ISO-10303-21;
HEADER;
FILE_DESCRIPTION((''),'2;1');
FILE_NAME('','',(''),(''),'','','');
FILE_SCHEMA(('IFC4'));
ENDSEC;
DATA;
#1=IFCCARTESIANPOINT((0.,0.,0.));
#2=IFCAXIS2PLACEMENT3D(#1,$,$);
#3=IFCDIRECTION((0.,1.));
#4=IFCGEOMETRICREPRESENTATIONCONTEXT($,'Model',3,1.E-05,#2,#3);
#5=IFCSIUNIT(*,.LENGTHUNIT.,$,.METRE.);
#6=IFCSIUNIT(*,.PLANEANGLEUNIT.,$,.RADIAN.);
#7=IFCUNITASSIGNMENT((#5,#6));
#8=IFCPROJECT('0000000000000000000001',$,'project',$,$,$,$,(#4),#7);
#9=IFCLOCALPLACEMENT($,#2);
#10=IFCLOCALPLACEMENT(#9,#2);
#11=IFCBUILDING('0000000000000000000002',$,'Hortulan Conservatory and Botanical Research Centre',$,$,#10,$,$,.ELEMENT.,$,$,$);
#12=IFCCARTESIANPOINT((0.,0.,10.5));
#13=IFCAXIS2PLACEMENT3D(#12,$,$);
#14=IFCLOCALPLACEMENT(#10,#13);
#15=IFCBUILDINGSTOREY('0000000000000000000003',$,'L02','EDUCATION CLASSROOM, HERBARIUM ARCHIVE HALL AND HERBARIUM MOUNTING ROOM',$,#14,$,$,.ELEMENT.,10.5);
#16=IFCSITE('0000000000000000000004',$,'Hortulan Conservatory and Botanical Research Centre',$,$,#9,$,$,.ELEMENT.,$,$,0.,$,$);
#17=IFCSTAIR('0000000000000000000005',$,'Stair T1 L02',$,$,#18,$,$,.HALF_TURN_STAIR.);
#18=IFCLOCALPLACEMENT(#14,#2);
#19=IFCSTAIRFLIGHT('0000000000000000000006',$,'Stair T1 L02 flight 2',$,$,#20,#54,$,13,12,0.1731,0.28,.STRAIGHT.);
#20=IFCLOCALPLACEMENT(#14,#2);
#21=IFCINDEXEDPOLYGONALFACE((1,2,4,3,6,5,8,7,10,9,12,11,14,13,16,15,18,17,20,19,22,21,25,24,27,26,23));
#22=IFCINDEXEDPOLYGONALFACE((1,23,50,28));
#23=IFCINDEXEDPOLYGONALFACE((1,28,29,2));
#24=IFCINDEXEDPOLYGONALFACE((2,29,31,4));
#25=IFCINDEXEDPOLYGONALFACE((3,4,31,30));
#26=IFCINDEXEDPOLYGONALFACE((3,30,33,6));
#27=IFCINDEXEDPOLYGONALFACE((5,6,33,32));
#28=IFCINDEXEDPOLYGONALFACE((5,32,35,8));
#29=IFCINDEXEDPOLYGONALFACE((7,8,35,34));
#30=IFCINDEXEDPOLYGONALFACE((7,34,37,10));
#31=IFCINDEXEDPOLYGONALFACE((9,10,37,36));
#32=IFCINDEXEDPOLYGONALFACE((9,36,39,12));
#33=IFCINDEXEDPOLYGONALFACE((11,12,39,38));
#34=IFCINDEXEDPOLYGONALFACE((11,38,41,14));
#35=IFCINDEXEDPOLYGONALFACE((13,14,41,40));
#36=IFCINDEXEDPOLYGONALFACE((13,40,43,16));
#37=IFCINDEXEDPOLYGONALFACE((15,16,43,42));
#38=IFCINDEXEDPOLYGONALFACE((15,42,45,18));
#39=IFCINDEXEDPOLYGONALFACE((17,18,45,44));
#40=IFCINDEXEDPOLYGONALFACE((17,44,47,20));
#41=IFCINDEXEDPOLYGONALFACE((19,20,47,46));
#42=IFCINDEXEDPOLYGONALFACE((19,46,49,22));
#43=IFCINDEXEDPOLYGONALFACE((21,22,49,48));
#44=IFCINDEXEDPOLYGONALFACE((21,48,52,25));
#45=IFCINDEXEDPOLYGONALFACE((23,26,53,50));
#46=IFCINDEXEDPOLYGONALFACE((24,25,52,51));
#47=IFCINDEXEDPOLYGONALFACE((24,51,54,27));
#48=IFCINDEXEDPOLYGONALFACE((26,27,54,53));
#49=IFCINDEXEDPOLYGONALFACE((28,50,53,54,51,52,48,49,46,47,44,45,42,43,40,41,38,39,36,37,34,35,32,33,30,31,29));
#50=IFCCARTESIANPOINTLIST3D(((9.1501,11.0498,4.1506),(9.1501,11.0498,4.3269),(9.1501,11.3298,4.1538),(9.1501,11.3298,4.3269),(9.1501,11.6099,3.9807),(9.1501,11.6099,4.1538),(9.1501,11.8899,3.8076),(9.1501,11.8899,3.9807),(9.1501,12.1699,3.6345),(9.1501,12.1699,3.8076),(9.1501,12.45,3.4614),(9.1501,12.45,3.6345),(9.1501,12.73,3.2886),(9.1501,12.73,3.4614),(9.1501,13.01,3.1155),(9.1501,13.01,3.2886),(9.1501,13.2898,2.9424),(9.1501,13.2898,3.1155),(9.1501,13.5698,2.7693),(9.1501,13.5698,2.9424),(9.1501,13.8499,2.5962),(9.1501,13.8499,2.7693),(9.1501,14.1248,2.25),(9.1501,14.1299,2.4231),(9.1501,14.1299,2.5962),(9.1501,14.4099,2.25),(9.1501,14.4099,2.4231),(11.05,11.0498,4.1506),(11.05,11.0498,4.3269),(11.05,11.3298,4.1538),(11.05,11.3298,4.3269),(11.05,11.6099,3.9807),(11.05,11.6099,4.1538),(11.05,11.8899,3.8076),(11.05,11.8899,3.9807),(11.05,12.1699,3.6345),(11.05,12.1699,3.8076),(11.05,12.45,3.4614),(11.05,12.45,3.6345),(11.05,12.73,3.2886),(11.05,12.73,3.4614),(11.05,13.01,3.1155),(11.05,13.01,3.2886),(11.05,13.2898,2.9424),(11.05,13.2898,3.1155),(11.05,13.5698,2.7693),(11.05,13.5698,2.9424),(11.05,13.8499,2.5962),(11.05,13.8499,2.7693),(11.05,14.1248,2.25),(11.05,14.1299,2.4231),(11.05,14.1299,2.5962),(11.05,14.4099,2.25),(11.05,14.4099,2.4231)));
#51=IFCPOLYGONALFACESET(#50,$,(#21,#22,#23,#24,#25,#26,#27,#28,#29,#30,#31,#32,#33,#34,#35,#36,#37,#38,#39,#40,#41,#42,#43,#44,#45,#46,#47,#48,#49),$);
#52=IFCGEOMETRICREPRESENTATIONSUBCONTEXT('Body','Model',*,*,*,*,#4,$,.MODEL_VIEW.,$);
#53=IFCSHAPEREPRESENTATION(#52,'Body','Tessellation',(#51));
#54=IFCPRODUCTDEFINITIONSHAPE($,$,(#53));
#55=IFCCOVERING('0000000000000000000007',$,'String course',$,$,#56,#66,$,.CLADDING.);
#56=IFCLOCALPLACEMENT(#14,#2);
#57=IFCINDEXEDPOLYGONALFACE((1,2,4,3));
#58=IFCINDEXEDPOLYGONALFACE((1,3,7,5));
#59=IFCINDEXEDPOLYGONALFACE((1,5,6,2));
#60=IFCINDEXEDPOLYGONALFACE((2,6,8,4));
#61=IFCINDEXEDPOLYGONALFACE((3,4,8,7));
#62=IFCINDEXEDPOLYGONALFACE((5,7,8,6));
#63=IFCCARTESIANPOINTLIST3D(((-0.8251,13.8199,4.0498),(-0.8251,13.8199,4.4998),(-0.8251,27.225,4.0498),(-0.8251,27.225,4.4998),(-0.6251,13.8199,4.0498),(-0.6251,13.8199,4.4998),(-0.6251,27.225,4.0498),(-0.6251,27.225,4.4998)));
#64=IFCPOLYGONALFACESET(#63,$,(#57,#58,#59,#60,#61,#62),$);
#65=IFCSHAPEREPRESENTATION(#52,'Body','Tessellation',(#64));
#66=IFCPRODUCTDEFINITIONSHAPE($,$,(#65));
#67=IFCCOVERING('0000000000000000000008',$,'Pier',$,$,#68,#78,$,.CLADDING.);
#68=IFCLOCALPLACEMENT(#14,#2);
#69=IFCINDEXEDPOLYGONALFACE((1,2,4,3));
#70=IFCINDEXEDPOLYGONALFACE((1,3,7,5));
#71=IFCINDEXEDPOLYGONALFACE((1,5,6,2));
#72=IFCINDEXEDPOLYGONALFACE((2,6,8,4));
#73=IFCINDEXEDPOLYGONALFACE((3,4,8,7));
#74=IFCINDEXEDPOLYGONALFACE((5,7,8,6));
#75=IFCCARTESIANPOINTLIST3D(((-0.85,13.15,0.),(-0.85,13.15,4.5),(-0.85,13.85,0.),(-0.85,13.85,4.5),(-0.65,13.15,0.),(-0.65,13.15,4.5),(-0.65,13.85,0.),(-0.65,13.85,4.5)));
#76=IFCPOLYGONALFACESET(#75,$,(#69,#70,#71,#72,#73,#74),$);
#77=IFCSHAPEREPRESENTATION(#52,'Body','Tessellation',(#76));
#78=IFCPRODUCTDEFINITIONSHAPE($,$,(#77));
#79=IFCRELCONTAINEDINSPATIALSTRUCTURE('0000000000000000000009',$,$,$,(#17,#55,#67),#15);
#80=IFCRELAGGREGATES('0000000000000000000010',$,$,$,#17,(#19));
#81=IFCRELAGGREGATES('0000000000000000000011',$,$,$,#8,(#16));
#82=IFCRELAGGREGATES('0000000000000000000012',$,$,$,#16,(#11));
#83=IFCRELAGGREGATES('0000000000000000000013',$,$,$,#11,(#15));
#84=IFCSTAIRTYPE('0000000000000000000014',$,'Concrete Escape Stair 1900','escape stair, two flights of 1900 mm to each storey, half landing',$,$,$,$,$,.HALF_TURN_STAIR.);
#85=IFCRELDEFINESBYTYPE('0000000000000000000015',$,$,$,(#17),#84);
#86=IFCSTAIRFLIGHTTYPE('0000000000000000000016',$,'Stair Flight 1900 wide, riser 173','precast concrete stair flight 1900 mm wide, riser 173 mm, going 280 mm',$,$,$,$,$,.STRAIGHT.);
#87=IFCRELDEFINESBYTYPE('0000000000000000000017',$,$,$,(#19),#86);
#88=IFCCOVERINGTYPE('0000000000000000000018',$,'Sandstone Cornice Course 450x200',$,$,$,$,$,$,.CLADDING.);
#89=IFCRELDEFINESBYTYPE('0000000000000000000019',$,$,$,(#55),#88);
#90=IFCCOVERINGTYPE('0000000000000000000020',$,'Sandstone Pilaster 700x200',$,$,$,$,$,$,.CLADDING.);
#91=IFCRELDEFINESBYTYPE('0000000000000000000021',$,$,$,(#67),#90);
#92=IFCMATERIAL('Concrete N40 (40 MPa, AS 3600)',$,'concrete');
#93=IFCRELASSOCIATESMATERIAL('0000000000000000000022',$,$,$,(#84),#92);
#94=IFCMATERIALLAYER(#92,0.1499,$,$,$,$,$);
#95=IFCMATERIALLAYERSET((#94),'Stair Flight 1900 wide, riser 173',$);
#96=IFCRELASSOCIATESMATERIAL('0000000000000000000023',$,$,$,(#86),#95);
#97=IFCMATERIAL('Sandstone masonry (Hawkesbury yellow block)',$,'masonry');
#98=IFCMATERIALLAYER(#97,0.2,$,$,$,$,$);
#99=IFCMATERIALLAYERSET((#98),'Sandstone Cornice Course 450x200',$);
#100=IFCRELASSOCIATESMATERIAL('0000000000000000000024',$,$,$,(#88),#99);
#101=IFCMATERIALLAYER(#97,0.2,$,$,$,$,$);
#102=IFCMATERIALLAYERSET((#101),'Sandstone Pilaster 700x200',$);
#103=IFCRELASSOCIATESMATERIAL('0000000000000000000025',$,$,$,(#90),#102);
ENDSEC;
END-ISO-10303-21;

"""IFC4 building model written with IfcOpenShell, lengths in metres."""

from ifc_helpers import new_model, si_unit, direction, frame, origin, origin_2d, place, context, subcontext, project, spatial, polyline, rectangle, outline, extrude, material, layer, layer_set, type_object, element, aggregate, save


model = new_model("IFC4")

# Units and contexts
model_context = context("Model", 3, precision=1e-05, world=origin(), true_north=direction((0.0, 1.0)))
body_context = subcontext(model_context, "Body", "Model", "MODEL_VIEW")
ifc_project = project(units=[si_unit("LENGTHUNIT", "METRE"), si_unit("PLANEANGLEUNIT", "RADIAN")], contexts=[model_context])

# Site, building, storey
site_placement = place(None, origin())
site = spatial("IfcSite", under=ifc_project, at=site_placement, Name="Hortulan Conservatory and Botanical Research Centre", CompositionType="ELEMENT", RefElevation=0.0)
building_placement = place(site_placement, origin())
building = spatial("IfcBuilding", under=site, at=building_placement, Name="Hortulan Conservatory and Botanical Research Centre", CompositionType="ELEMENT")
storey_placement = place(building_placement, frame((0.0, 0.0, 10.5)))
storey = spatial("IfcBuildingStorey", under=building, at=storey_placement, Name="L02", Description="EDUCATION CLASSROOM, HERBARIUM ARCHIVE HALL AND HERBARIUM MOUNTING ROOM", CompositionType="ELEMENT", Elevation=10.5)

# Stair, stair flight
ifc_material_1 = material(Name="Concrete N40 (40 MPa, AS 3600)", Category="concrete")
stair_type = type_object("IfcStairType", Name="Concrete Escape Stair 1900", Description="escape stair, two flights of 1900 mm to each storey, half landing", PredefinedType="HALF_TURN_STAIR", material=ifc_material_1)
stair_placement = place(storey_placement, origin())
stair = element("IfcStair", 1, at=stair_placement, inside=storey, type_object=stair_type, Name="Stair T1 L02", PredefinedType="HALF_TURN_STAIR")
ifc_layer_1 = layer(ifc_material_1, 0.1499)
ifc_layer_set_1 = layer_set([ifc_layer_1], Name="Stair Flight 1900 wide, riser 173")
stair_flight_type = type_object("IfcStairFlightType", Name="Stair Flight 1900 wide, riser 173", Description="precast concrete stair flight 1900 mm wide, riser 173 mm, going 280 mm", PredefinedType="STRAIGHT", material=ifc_layer_set_1)
stair_flight_placement = place(storey_placement, frame((10.1001, 14.4099, 2.25), z_axis=(0.0, 0.0, 1.0), x_axis=(0.0, -1.0, 0.0)))
stair_flight = element("IfcStairFlight", 2, at=stair_flight_placement, type_object=stair_flight_type, Name="Stair T1 L02 flight 2", NumberOfRisers=13, NumberOfTreads=12, PredefinedType="STRAIGHT", RiserHeight=0.1731, TreadLength=0.28, context=body_context, shape_type="SweptSolid", body=[
    extrude(outline(polyline([(0.0, 0.0), (0.0, 0.1731), (0.28, 0.1731), (0.28, 0.3462), (0.5601, 0.3462), (0.5601, 0.5193), (0.8401, 0.5193), (0.8401, 0.6924), (1.1201, 0.6924), (1.1201, 0.8655), (1.3999, 0.8655), (1.3999, 1.0386), (1.6799, 1.0386), (1.6799, 1.2114), (1.96, 1.2114), (1.96, 1.3845), (2.24, 1.3845), (2.24, 1.5576), (2.52, 1.5576), (2.52, 1.7307), (2.8, 1.7307), (2.8, 1.9038), (3.0801, 1.9038), (3.0801, 2.0769), (3.3601, 2.0769), (3.3601, 2.25), (3.3601, 1.9006), (0.2852, 0.0), (0.0, 0.0)])), frame((0.0, 0.95, 0.0), z_axis=(0.0, -1.0, 0.0), x_axis=(1.0, 0.0, 0.0)), (0.0, 0.0, 1.0), 1.8999),
])
aggregate(stair, [stair_flight])

# Coverings
ifc_material_2 = material(Name="Sandstone masonry (Hawkesbury yellow block)", Category="masonry")
ifc_layer_2 = layer(ifc_material_2, 0.2)
ifc_layer_set_2 = layer_set([ifc_layer_2], Name="Sandstone Cornice Course 450x200")
covering_type_1 = type_object("IfcCoveringType", Name="Sandstone Cornice Course 450x200", PredefinedType="CLADDING", material=ifc_layer_set_2)
covering_1_placement = place(storey_placement, frame((-0.7251, 20.5225, 4.0498), z_axis=(0.0, 0.0, 1.0), x_axis=(0.0, 1.0, 0.0)))
element("IfcCovering", 3, at=covering_1_placement, inside=storey, type_object=covering_type_1, Name="String course", PredefinedType="CLADDING", context=body_context, shape_type="SweptSolid", body=[
    extrude(rectangle(XDim=13.405, YDim=0.2, at=origin_2d()), origin(), (0.0, 0.0, 1.0), 0.45),
])
ifc_layer_3 = layer(ifc_material_2, 0.2)
ifc_layer_set_3 = layer_set([ifc_layer_3], Name="Sandstone Pilaster 700x200")
covering_type_2 = type_object("IfcCoveringType", Name="Sandstone Pilaster 700x200", PredefinedType="CLADDING", material=ifc_layer_set_3)
covering_2_placement = place(storey_placement, frame((-0.75, 13.5, 0.0), z_axis=(0.0, 0.0, 1.0), x_axis=(0.0, 1.0, 0.0)))
element("IfcCovering", 4, at=covering_2_placement, inside=storey, type_object=covering_type_2, Name="Pier", PredefinedType="CLADDING", context=body_context, shape_type="SweptSolid", body=[
    extrude(rectangle(XDim=0.7, YDim=0.2, at=origin_2d()), origin(), (0.0, 0.0, 1.0), 4.5),
])

save(model, "model.ifc")
